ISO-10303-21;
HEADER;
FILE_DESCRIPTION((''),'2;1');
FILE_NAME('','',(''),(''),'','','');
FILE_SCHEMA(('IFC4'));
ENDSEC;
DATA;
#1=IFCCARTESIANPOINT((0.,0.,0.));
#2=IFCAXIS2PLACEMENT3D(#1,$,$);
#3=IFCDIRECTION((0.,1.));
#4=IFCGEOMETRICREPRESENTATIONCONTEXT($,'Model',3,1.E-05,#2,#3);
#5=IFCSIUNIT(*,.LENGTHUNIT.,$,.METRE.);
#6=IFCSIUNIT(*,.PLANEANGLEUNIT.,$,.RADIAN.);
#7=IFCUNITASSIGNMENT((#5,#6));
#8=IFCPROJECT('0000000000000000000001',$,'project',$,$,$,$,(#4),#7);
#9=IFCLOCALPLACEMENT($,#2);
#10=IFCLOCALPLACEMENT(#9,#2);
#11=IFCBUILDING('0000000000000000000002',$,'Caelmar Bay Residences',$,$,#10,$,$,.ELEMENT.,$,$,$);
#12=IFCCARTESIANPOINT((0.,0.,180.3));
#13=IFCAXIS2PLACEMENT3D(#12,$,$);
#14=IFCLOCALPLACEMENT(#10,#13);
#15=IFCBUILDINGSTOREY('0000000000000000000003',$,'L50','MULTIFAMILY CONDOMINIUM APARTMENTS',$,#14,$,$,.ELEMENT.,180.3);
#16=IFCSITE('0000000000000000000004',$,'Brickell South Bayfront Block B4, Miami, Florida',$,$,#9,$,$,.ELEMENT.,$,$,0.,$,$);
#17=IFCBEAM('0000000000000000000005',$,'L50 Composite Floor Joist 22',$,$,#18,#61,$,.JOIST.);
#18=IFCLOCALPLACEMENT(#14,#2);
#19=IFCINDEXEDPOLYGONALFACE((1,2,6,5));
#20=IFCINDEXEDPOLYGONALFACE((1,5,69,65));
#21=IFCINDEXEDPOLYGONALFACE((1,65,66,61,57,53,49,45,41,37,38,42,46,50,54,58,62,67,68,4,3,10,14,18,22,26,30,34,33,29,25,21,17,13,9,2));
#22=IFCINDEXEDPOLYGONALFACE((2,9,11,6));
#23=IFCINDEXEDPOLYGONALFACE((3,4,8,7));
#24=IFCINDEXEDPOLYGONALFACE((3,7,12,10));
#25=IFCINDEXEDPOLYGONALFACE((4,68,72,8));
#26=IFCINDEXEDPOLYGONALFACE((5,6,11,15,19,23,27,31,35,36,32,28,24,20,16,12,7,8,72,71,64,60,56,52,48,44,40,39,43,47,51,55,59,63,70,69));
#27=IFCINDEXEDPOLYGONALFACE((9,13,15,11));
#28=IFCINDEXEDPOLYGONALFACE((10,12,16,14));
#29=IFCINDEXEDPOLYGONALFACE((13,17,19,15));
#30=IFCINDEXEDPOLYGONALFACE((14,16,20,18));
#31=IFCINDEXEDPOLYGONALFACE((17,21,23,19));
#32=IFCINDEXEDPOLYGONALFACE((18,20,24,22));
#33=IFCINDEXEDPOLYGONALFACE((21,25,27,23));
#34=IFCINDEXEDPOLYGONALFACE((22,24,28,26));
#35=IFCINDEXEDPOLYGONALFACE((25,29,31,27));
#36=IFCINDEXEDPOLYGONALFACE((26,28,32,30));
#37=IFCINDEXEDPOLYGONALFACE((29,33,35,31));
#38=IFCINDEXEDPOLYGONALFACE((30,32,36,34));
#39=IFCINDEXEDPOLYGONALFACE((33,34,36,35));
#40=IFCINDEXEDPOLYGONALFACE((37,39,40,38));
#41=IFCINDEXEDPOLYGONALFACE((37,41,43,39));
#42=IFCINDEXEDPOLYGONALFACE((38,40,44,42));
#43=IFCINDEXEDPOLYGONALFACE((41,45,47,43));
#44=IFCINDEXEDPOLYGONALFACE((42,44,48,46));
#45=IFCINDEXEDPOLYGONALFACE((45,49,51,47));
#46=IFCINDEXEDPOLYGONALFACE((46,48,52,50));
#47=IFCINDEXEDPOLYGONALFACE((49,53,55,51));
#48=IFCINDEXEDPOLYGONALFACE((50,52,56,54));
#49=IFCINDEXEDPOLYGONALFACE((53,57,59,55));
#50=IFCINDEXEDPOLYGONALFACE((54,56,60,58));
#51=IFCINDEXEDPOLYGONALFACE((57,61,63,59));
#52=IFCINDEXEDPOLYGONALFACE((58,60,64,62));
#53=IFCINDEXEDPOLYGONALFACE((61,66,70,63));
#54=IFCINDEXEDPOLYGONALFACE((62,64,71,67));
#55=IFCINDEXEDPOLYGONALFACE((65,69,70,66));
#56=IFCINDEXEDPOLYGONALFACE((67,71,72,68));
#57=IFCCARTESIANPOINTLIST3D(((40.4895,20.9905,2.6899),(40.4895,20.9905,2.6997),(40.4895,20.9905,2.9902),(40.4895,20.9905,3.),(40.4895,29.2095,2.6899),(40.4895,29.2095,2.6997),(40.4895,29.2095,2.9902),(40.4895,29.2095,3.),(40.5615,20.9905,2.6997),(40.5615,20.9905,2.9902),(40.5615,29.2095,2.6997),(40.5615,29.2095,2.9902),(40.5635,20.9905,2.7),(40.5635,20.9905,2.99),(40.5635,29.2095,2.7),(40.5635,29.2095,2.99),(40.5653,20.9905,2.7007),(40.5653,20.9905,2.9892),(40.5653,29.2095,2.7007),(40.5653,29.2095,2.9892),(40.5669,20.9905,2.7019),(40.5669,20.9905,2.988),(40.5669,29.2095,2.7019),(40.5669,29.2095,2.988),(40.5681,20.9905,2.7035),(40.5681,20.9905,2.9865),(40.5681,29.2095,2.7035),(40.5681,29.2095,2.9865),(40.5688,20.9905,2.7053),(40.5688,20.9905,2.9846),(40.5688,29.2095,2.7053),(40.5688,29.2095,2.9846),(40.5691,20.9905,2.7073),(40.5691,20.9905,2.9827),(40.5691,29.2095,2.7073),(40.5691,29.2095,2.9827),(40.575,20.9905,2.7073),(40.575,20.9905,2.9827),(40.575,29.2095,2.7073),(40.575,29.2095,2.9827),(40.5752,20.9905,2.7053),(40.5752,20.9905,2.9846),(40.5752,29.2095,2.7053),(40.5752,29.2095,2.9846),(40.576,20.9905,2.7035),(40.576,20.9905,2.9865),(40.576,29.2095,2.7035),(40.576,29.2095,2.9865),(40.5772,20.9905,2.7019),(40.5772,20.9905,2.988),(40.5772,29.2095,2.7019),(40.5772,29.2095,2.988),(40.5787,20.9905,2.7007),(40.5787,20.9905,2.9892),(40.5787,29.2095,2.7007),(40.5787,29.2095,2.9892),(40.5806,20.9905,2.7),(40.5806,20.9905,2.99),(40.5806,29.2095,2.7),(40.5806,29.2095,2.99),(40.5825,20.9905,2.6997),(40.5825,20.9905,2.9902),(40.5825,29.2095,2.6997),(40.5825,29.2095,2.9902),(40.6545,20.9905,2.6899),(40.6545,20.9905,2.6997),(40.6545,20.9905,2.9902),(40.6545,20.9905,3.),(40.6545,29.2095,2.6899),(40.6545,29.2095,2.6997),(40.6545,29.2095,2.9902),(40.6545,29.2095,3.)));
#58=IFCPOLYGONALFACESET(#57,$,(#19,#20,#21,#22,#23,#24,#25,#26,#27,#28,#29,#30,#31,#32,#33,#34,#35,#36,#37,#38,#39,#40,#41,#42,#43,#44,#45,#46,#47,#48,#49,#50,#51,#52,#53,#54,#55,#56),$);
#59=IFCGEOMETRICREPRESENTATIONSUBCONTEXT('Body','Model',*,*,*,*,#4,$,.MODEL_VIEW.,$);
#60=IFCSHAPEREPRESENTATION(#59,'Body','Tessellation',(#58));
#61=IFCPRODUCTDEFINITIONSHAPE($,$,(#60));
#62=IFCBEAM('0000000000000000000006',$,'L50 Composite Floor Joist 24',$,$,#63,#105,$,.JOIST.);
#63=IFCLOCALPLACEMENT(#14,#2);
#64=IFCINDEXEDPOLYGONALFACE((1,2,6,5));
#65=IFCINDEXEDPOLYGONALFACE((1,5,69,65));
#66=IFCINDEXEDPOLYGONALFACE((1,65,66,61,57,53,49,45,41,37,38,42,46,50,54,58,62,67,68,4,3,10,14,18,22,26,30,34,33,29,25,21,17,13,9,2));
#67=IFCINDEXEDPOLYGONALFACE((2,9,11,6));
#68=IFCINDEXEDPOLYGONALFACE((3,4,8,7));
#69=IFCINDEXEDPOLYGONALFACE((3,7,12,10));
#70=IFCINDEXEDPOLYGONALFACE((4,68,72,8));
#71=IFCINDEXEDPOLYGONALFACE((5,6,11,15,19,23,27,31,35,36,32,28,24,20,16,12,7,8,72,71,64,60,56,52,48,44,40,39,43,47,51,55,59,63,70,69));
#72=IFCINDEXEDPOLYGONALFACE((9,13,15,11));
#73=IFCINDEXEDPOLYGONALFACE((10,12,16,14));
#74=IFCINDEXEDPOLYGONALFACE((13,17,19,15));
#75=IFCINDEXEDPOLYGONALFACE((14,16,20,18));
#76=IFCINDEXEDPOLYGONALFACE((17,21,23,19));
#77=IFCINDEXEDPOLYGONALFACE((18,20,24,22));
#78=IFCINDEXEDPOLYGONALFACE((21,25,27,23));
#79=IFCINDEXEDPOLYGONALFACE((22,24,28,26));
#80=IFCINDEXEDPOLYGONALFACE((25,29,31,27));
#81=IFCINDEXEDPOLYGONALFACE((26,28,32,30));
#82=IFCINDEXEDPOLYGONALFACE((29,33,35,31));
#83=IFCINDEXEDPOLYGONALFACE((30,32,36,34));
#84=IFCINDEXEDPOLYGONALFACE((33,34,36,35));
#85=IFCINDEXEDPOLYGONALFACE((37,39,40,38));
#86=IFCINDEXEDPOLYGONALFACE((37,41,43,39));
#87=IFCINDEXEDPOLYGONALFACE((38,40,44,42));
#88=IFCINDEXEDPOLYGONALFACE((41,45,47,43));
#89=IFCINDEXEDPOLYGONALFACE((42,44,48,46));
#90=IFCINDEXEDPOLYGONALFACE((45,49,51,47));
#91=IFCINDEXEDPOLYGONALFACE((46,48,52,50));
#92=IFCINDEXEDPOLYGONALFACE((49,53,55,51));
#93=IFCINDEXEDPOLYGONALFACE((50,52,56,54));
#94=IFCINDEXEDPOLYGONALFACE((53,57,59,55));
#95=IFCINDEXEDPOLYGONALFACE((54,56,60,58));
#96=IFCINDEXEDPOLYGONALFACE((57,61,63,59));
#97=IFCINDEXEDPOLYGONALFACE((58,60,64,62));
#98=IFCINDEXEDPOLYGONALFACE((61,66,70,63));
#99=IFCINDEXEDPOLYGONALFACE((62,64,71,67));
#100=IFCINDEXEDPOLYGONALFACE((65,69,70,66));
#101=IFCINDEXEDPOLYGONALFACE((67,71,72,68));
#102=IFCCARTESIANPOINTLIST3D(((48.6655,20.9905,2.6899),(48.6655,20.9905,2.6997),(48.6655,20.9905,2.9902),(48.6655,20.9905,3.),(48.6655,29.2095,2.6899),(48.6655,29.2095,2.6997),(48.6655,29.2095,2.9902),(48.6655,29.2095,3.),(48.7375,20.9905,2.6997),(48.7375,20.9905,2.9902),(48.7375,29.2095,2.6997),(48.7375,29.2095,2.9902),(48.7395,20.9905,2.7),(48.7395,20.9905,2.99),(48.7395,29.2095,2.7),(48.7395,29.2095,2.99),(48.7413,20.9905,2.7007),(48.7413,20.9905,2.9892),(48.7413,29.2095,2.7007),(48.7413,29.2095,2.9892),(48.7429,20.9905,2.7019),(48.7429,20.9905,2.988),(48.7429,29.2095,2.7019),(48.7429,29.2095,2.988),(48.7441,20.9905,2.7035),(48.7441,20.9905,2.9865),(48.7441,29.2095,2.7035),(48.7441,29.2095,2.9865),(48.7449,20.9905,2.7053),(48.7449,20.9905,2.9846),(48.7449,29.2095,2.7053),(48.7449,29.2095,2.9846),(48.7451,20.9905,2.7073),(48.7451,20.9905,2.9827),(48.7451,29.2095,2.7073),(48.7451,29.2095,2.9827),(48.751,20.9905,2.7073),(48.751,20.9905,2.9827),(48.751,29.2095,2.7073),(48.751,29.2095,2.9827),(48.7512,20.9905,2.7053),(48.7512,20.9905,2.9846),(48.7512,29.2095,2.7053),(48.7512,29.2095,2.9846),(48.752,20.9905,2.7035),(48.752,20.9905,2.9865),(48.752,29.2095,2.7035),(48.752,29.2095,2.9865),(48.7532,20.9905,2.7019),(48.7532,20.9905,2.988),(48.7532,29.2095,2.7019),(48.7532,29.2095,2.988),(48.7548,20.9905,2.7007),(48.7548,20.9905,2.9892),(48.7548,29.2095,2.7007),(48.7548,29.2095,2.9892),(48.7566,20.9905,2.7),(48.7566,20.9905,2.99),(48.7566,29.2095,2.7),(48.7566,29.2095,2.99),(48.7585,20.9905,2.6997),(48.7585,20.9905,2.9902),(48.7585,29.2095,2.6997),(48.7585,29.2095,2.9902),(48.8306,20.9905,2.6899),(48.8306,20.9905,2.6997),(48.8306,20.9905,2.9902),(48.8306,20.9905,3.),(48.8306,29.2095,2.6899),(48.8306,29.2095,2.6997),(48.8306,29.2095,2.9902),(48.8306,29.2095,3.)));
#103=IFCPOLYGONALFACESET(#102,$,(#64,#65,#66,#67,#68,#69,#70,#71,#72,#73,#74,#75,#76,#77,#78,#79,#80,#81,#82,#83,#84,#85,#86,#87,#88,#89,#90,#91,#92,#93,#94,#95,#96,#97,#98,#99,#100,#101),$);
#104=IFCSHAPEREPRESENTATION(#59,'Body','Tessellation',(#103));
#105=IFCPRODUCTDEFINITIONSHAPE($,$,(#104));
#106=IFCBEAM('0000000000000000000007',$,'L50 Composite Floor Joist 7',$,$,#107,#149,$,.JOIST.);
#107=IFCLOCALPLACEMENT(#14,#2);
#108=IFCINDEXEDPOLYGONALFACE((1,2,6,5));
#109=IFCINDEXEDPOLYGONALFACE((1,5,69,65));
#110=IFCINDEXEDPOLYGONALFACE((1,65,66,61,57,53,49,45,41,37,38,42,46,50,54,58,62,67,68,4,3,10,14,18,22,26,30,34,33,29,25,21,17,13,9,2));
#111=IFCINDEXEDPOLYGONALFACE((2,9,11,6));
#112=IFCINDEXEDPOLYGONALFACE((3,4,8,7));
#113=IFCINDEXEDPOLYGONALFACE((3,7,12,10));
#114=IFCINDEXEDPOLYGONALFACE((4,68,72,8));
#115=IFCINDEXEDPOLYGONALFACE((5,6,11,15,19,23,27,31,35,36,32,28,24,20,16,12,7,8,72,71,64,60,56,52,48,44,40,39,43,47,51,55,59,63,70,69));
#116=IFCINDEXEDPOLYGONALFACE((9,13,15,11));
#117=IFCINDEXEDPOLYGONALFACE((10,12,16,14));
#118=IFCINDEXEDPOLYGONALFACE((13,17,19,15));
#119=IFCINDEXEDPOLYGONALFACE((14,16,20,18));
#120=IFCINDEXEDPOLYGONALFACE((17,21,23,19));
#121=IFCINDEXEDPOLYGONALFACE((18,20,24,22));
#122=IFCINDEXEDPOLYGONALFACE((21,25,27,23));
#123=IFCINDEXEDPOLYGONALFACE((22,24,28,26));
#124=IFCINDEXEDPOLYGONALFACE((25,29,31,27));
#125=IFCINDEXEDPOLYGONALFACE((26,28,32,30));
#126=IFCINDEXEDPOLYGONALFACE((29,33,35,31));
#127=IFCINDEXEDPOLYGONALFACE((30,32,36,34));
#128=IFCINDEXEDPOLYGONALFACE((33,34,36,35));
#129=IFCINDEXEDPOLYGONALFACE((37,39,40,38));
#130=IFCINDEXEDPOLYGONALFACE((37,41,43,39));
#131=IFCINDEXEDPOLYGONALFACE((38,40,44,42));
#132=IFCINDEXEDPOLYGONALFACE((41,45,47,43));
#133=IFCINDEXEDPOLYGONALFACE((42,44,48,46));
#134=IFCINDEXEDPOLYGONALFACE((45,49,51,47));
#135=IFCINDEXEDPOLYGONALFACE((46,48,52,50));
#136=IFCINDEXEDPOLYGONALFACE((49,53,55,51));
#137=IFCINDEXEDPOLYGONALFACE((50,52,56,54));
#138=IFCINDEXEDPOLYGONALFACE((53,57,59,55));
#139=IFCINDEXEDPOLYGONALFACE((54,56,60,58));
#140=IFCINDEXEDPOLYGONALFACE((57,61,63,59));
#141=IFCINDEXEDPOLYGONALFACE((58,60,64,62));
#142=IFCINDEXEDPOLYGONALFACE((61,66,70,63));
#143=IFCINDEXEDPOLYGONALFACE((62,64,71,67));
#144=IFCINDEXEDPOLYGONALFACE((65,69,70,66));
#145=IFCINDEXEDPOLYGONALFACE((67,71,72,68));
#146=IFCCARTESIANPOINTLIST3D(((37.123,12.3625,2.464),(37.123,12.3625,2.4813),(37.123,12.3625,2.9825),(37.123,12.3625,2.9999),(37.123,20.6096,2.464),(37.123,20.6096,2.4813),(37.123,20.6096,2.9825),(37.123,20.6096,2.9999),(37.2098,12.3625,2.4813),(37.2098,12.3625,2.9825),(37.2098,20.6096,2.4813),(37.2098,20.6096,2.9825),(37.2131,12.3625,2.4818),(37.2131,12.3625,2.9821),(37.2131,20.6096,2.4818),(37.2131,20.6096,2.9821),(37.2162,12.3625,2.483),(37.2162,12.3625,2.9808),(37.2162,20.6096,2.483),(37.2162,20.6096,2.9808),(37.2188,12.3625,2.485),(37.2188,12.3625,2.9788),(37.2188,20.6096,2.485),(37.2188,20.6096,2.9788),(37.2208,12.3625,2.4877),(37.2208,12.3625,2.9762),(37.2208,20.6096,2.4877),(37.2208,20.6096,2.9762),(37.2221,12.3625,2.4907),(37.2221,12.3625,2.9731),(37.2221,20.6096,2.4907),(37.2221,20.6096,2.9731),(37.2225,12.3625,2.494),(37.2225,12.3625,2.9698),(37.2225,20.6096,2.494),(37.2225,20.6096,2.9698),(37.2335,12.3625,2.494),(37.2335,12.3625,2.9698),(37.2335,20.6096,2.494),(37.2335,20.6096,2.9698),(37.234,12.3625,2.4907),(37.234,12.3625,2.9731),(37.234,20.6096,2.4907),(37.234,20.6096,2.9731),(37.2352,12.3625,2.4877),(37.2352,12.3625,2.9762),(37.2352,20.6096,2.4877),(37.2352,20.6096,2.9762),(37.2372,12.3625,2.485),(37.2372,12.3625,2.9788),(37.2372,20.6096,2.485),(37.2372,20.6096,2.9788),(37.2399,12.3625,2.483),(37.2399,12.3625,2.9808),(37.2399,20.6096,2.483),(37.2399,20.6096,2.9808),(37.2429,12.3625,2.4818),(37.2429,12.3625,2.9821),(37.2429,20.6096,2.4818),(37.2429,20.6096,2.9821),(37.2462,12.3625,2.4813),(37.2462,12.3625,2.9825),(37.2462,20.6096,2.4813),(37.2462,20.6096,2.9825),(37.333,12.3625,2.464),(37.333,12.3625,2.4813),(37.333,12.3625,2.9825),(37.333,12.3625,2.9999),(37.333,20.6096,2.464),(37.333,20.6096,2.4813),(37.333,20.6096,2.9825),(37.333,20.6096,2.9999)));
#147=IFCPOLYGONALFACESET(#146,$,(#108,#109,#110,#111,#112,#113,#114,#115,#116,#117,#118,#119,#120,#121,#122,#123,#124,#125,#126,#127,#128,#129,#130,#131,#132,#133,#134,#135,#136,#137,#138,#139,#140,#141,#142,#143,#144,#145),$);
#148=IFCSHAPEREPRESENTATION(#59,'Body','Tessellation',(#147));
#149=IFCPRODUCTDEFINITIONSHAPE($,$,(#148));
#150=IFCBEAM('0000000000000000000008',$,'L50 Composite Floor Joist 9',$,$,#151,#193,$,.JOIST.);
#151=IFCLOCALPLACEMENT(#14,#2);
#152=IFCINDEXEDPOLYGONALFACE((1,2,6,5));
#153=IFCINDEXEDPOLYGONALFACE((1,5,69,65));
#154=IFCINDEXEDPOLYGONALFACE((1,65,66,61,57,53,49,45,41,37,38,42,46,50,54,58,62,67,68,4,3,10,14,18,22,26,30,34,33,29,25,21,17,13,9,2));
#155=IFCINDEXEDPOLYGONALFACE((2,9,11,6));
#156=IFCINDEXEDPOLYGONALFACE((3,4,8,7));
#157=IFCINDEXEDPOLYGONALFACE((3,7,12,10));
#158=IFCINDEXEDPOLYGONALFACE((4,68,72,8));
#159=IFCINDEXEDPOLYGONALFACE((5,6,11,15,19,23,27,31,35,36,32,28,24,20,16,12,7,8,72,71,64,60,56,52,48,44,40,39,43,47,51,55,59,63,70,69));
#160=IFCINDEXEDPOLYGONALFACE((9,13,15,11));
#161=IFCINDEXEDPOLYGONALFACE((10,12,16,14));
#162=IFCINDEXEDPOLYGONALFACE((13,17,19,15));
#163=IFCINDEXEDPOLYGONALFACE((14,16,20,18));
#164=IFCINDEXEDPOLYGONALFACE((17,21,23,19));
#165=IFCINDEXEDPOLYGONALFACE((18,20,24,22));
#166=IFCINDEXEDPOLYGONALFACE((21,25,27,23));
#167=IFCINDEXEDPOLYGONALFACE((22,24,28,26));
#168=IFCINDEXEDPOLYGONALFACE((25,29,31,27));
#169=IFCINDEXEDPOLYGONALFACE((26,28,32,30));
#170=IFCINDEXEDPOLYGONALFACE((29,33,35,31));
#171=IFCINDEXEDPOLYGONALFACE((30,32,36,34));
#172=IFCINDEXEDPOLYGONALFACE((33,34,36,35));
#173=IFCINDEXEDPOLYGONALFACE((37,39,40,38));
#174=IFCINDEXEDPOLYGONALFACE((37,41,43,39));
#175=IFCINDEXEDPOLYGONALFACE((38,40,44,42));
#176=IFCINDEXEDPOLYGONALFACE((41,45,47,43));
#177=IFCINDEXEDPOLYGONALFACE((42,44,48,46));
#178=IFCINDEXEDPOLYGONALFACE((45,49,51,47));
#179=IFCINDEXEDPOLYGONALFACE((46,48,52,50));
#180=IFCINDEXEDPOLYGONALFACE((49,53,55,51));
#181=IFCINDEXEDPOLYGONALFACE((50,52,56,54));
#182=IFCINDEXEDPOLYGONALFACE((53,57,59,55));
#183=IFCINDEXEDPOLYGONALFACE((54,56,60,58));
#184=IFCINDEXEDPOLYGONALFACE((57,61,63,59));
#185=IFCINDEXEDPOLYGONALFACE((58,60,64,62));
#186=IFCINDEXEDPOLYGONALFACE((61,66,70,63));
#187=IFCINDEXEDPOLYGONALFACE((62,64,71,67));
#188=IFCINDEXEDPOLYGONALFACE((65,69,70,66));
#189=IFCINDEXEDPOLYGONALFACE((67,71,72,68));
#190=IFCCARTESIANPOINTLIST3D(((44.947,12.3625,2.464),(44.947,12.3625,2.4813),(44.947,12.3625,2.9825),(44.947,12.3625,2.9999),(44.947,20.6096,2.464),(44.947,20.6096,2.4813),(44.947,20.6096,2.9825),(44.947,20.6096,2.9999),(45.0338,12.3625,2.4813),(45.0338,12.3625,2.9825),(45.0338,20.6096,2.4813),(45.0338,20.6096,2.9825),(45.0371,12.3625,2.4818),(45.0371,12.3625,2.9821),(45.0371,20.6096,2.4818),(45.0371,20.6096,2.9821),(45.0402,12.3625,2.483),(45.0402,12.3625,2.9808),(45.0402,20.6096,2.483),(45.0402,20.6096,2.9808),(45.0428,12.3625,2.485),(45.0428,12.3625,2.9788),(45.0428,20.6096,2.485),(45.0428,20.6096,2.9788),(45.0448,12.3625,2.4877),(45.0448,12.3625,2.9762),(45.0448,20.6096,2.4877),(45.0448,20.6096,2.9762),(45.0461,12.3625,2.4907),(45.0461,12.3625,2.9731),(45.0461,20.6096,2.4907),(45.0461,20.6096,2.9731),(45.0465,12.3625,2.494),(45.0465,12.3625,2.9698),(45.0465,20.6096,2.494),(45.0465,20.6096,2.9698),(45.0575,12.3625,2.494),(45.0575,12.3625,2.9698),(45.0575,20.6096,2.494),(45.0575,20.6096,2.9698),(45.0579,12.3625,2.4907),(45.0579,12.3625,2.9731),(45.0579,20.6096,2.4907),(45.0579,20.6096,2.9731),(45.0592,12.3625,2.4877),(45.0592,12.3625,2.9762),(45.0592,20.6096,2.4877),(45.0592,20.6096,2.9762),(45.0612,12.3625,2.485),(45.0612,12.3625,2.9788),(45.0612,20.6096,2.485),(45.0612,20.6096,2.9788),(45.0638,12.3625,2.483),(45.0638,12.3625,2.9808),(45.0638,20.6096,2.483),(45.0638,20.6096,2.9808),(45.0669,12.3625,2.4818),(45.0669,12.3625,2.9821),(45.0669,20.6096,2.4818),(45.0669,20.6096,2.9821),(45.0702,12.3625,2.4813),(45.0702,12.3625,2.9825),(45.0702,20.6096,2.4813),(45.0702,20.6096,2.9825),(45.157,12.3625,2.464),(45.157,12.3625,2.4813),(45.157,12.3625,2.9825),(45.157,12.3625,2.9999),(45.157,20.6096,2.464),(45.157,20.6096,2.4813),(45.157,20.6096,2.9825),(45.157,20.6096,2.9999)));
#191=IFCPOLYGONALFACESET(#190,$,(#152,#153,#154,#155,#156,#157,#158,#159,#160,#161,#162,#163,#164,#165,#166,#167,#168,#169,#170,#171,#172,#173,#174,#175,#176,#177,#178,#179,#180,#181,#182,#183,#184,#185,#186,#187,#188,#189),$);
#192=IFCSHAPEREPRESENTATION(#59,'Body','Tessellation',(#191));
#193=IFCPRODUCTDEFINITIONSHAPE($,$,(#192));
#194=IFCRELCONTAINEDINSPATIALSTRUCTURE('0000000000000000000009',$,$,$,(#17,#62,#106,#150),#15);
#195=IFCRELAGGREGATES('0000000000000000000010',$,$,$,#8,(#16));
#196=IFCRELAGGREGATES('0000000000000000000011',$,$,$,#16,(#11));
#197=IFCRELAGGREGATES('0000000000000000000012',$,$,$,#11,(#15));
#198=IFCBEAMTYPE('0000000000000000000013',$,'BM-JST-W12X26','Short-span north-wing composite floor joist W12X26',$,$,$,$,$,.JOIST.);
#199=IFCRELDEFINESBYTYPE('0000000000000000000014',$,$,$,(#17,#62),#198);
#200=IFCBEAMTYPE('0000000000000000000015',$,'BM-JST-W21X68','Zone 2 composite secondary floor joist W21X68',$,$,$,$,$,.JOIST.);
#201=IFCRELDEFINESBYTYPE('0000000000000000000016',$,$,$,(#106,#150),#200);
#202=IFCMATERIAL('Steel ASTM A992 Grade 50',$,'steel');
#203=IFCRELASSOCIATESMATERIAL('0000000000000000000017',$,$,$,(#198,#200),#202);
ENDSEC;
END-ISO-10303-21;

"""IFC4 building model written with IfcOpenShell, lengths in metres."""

from ifc_helpers import new_model, si_unit, direction, frame, origin, origin_2d, place, context, subcontext, project, spatial, i_section, extrude, material, material_profile, profile_set, type_object, element, save


model = new_model("IFC4")

# Units and contexts
model_context = context("Model", 3, precision=1e-05, world=origin(), true_north=direction((0.0, 1.0)))
body_context = subcontext(model_context, "Body", "Model", "MODEL_VIEW")
ifc_project = project(units=[si_unit("LENGTHUNIT", "METRE"), si_unit("PLANEANGLEUNIT", "RADIAN")], contexts=[model_context])

# Site, building, storey
site_placement = place(None, origin())
site = spatial("IfcSite", under=ifc_project, at=site_placement, Name="Brickell South Bayfront Block B4, Miami, Florida", CompositionType="ELEMENT", RefElevation=0.0)
building_placement = place(site_placement, origin())
building = spatial("IfcBuilding", under=site, at=building_placement, Name="Caelmar Bay Residences", CompositionType="ELEMENT")
storey_placement = place(building_placement, frame((0.0, 0.0, 180.3)))
storey = spatial("IfcBuildingStorey", under=building, at=storey_placement, Name="L50", Description="MULTIFAMILY CONDOMINIUM APARTMENTS", CompositionType="ELEMENT", Elevation=180.3)

# Beams
ifc_material_1 = material(Name="Steel ASTM A992 Grade 50", Category="steel")
ifc_material_profile_1 = material_profile(ifc_material_1, i_section(OverallWidth=0.165, OverallDepth=0.3101, WebThickness=0.0059, FlangeThickness=0.0098, FilletRadius=0.0076, at=origin_2d()), Name="W12X26")
ifc_profile_set_1 = profile_set([ifc_material_profile_1], Name="Steel ASTM A992 Grade 50")
beam_type_1 = type_object("IfcBeamType", Name="BM-JST-W12X26", Description="Short-span north-wing composite floor joist W12X26", PredefinedType="JOIST", material=ifc_profile_set_1)
for number, where, z_axis, x_axis, name in (
    (1, (40.572, 20.9905, 2.845), (0.0, 1.0, 0.0), (-1.0, 0.0, 0.0), "L50 Composite Floor Joist 22"),
    (2, (48.748, 20.9905, 2.845), (0.0, 1.0, 0.0), (-1.0, 0.0, 0.0), "L50 Composite Floor Joist 24"),
):
    element("IfcBeam", number, at=place(storey_placement, frame(where, z_axis=z_axis, x_axis=x_axis)), inside=storey, type_object=beam_type_1, Name=name, PredefinedType="JOIST", context=body_context, shape_type="SweptSolid", body=[
        extrude(i_section(OverallWidth=0.165, OverallDepth=0.3101, WebThickness=0.0059, FlangeThickness=0.0098, FilletRadius=0.0076, at=origin_2d()), origin(), (0.0, 0.0, 1.0), 8.219),
    ])
ifc_material_profile_2 = material_profile(ifc_material_1, i_section(OverallWidth=0.21, OverallDepth=0.5359, WebThickness=0.011, FlangeThickness=0.0173, FilletRadius=0.0127, at=origin_2d()), Name="W21X68")
ifc_profile_set_2 = profile_set([ifc_material_profile_2], Name="Steel ASTM A992 Grade 50")
beam_type_2 = type_object("IfcBeamType", Name="BM-JST-W21X68", Description="Zone 2 composite secondary floor joist W21X68", PredefinedType="JOIST", material=ifc_profile_set_2)
for number, where, z_axis, x_axis, name in (
    (3, (37.228, 12.3625, 2.7319), (0.0, 1.0, 0.0), (-1.0, 0.0, 0.0), "L50 Composite Floor Joist 7"),
    (4, (45.052, 12.3625, 2.7319), (0.0, 1.0, 0.0), (-1.0, 0.0, 0.0), "L50 Composite Floor Joist 9"),
):
    element("IfcBeam", number, at=place(storey_placement, frame(where, z_axis=z_axis, x_axis=x_axis)), inside=storey, type_object=beam_type_2, Name=name, PredefinedType="JOIST", context=body_context, shape_type="SweptSolid", body=[
        extrude(i_section(OverallWidth=0.21, OverallDepth=0.5359, WebThickness=0.011, FlangeThickness=0.0173, FilletRadius=0.0127, at=origin_2d()), origin(), (0.0, 0.0, 1.0), 8.2471),
    ])

save(model, "model.ifc")
